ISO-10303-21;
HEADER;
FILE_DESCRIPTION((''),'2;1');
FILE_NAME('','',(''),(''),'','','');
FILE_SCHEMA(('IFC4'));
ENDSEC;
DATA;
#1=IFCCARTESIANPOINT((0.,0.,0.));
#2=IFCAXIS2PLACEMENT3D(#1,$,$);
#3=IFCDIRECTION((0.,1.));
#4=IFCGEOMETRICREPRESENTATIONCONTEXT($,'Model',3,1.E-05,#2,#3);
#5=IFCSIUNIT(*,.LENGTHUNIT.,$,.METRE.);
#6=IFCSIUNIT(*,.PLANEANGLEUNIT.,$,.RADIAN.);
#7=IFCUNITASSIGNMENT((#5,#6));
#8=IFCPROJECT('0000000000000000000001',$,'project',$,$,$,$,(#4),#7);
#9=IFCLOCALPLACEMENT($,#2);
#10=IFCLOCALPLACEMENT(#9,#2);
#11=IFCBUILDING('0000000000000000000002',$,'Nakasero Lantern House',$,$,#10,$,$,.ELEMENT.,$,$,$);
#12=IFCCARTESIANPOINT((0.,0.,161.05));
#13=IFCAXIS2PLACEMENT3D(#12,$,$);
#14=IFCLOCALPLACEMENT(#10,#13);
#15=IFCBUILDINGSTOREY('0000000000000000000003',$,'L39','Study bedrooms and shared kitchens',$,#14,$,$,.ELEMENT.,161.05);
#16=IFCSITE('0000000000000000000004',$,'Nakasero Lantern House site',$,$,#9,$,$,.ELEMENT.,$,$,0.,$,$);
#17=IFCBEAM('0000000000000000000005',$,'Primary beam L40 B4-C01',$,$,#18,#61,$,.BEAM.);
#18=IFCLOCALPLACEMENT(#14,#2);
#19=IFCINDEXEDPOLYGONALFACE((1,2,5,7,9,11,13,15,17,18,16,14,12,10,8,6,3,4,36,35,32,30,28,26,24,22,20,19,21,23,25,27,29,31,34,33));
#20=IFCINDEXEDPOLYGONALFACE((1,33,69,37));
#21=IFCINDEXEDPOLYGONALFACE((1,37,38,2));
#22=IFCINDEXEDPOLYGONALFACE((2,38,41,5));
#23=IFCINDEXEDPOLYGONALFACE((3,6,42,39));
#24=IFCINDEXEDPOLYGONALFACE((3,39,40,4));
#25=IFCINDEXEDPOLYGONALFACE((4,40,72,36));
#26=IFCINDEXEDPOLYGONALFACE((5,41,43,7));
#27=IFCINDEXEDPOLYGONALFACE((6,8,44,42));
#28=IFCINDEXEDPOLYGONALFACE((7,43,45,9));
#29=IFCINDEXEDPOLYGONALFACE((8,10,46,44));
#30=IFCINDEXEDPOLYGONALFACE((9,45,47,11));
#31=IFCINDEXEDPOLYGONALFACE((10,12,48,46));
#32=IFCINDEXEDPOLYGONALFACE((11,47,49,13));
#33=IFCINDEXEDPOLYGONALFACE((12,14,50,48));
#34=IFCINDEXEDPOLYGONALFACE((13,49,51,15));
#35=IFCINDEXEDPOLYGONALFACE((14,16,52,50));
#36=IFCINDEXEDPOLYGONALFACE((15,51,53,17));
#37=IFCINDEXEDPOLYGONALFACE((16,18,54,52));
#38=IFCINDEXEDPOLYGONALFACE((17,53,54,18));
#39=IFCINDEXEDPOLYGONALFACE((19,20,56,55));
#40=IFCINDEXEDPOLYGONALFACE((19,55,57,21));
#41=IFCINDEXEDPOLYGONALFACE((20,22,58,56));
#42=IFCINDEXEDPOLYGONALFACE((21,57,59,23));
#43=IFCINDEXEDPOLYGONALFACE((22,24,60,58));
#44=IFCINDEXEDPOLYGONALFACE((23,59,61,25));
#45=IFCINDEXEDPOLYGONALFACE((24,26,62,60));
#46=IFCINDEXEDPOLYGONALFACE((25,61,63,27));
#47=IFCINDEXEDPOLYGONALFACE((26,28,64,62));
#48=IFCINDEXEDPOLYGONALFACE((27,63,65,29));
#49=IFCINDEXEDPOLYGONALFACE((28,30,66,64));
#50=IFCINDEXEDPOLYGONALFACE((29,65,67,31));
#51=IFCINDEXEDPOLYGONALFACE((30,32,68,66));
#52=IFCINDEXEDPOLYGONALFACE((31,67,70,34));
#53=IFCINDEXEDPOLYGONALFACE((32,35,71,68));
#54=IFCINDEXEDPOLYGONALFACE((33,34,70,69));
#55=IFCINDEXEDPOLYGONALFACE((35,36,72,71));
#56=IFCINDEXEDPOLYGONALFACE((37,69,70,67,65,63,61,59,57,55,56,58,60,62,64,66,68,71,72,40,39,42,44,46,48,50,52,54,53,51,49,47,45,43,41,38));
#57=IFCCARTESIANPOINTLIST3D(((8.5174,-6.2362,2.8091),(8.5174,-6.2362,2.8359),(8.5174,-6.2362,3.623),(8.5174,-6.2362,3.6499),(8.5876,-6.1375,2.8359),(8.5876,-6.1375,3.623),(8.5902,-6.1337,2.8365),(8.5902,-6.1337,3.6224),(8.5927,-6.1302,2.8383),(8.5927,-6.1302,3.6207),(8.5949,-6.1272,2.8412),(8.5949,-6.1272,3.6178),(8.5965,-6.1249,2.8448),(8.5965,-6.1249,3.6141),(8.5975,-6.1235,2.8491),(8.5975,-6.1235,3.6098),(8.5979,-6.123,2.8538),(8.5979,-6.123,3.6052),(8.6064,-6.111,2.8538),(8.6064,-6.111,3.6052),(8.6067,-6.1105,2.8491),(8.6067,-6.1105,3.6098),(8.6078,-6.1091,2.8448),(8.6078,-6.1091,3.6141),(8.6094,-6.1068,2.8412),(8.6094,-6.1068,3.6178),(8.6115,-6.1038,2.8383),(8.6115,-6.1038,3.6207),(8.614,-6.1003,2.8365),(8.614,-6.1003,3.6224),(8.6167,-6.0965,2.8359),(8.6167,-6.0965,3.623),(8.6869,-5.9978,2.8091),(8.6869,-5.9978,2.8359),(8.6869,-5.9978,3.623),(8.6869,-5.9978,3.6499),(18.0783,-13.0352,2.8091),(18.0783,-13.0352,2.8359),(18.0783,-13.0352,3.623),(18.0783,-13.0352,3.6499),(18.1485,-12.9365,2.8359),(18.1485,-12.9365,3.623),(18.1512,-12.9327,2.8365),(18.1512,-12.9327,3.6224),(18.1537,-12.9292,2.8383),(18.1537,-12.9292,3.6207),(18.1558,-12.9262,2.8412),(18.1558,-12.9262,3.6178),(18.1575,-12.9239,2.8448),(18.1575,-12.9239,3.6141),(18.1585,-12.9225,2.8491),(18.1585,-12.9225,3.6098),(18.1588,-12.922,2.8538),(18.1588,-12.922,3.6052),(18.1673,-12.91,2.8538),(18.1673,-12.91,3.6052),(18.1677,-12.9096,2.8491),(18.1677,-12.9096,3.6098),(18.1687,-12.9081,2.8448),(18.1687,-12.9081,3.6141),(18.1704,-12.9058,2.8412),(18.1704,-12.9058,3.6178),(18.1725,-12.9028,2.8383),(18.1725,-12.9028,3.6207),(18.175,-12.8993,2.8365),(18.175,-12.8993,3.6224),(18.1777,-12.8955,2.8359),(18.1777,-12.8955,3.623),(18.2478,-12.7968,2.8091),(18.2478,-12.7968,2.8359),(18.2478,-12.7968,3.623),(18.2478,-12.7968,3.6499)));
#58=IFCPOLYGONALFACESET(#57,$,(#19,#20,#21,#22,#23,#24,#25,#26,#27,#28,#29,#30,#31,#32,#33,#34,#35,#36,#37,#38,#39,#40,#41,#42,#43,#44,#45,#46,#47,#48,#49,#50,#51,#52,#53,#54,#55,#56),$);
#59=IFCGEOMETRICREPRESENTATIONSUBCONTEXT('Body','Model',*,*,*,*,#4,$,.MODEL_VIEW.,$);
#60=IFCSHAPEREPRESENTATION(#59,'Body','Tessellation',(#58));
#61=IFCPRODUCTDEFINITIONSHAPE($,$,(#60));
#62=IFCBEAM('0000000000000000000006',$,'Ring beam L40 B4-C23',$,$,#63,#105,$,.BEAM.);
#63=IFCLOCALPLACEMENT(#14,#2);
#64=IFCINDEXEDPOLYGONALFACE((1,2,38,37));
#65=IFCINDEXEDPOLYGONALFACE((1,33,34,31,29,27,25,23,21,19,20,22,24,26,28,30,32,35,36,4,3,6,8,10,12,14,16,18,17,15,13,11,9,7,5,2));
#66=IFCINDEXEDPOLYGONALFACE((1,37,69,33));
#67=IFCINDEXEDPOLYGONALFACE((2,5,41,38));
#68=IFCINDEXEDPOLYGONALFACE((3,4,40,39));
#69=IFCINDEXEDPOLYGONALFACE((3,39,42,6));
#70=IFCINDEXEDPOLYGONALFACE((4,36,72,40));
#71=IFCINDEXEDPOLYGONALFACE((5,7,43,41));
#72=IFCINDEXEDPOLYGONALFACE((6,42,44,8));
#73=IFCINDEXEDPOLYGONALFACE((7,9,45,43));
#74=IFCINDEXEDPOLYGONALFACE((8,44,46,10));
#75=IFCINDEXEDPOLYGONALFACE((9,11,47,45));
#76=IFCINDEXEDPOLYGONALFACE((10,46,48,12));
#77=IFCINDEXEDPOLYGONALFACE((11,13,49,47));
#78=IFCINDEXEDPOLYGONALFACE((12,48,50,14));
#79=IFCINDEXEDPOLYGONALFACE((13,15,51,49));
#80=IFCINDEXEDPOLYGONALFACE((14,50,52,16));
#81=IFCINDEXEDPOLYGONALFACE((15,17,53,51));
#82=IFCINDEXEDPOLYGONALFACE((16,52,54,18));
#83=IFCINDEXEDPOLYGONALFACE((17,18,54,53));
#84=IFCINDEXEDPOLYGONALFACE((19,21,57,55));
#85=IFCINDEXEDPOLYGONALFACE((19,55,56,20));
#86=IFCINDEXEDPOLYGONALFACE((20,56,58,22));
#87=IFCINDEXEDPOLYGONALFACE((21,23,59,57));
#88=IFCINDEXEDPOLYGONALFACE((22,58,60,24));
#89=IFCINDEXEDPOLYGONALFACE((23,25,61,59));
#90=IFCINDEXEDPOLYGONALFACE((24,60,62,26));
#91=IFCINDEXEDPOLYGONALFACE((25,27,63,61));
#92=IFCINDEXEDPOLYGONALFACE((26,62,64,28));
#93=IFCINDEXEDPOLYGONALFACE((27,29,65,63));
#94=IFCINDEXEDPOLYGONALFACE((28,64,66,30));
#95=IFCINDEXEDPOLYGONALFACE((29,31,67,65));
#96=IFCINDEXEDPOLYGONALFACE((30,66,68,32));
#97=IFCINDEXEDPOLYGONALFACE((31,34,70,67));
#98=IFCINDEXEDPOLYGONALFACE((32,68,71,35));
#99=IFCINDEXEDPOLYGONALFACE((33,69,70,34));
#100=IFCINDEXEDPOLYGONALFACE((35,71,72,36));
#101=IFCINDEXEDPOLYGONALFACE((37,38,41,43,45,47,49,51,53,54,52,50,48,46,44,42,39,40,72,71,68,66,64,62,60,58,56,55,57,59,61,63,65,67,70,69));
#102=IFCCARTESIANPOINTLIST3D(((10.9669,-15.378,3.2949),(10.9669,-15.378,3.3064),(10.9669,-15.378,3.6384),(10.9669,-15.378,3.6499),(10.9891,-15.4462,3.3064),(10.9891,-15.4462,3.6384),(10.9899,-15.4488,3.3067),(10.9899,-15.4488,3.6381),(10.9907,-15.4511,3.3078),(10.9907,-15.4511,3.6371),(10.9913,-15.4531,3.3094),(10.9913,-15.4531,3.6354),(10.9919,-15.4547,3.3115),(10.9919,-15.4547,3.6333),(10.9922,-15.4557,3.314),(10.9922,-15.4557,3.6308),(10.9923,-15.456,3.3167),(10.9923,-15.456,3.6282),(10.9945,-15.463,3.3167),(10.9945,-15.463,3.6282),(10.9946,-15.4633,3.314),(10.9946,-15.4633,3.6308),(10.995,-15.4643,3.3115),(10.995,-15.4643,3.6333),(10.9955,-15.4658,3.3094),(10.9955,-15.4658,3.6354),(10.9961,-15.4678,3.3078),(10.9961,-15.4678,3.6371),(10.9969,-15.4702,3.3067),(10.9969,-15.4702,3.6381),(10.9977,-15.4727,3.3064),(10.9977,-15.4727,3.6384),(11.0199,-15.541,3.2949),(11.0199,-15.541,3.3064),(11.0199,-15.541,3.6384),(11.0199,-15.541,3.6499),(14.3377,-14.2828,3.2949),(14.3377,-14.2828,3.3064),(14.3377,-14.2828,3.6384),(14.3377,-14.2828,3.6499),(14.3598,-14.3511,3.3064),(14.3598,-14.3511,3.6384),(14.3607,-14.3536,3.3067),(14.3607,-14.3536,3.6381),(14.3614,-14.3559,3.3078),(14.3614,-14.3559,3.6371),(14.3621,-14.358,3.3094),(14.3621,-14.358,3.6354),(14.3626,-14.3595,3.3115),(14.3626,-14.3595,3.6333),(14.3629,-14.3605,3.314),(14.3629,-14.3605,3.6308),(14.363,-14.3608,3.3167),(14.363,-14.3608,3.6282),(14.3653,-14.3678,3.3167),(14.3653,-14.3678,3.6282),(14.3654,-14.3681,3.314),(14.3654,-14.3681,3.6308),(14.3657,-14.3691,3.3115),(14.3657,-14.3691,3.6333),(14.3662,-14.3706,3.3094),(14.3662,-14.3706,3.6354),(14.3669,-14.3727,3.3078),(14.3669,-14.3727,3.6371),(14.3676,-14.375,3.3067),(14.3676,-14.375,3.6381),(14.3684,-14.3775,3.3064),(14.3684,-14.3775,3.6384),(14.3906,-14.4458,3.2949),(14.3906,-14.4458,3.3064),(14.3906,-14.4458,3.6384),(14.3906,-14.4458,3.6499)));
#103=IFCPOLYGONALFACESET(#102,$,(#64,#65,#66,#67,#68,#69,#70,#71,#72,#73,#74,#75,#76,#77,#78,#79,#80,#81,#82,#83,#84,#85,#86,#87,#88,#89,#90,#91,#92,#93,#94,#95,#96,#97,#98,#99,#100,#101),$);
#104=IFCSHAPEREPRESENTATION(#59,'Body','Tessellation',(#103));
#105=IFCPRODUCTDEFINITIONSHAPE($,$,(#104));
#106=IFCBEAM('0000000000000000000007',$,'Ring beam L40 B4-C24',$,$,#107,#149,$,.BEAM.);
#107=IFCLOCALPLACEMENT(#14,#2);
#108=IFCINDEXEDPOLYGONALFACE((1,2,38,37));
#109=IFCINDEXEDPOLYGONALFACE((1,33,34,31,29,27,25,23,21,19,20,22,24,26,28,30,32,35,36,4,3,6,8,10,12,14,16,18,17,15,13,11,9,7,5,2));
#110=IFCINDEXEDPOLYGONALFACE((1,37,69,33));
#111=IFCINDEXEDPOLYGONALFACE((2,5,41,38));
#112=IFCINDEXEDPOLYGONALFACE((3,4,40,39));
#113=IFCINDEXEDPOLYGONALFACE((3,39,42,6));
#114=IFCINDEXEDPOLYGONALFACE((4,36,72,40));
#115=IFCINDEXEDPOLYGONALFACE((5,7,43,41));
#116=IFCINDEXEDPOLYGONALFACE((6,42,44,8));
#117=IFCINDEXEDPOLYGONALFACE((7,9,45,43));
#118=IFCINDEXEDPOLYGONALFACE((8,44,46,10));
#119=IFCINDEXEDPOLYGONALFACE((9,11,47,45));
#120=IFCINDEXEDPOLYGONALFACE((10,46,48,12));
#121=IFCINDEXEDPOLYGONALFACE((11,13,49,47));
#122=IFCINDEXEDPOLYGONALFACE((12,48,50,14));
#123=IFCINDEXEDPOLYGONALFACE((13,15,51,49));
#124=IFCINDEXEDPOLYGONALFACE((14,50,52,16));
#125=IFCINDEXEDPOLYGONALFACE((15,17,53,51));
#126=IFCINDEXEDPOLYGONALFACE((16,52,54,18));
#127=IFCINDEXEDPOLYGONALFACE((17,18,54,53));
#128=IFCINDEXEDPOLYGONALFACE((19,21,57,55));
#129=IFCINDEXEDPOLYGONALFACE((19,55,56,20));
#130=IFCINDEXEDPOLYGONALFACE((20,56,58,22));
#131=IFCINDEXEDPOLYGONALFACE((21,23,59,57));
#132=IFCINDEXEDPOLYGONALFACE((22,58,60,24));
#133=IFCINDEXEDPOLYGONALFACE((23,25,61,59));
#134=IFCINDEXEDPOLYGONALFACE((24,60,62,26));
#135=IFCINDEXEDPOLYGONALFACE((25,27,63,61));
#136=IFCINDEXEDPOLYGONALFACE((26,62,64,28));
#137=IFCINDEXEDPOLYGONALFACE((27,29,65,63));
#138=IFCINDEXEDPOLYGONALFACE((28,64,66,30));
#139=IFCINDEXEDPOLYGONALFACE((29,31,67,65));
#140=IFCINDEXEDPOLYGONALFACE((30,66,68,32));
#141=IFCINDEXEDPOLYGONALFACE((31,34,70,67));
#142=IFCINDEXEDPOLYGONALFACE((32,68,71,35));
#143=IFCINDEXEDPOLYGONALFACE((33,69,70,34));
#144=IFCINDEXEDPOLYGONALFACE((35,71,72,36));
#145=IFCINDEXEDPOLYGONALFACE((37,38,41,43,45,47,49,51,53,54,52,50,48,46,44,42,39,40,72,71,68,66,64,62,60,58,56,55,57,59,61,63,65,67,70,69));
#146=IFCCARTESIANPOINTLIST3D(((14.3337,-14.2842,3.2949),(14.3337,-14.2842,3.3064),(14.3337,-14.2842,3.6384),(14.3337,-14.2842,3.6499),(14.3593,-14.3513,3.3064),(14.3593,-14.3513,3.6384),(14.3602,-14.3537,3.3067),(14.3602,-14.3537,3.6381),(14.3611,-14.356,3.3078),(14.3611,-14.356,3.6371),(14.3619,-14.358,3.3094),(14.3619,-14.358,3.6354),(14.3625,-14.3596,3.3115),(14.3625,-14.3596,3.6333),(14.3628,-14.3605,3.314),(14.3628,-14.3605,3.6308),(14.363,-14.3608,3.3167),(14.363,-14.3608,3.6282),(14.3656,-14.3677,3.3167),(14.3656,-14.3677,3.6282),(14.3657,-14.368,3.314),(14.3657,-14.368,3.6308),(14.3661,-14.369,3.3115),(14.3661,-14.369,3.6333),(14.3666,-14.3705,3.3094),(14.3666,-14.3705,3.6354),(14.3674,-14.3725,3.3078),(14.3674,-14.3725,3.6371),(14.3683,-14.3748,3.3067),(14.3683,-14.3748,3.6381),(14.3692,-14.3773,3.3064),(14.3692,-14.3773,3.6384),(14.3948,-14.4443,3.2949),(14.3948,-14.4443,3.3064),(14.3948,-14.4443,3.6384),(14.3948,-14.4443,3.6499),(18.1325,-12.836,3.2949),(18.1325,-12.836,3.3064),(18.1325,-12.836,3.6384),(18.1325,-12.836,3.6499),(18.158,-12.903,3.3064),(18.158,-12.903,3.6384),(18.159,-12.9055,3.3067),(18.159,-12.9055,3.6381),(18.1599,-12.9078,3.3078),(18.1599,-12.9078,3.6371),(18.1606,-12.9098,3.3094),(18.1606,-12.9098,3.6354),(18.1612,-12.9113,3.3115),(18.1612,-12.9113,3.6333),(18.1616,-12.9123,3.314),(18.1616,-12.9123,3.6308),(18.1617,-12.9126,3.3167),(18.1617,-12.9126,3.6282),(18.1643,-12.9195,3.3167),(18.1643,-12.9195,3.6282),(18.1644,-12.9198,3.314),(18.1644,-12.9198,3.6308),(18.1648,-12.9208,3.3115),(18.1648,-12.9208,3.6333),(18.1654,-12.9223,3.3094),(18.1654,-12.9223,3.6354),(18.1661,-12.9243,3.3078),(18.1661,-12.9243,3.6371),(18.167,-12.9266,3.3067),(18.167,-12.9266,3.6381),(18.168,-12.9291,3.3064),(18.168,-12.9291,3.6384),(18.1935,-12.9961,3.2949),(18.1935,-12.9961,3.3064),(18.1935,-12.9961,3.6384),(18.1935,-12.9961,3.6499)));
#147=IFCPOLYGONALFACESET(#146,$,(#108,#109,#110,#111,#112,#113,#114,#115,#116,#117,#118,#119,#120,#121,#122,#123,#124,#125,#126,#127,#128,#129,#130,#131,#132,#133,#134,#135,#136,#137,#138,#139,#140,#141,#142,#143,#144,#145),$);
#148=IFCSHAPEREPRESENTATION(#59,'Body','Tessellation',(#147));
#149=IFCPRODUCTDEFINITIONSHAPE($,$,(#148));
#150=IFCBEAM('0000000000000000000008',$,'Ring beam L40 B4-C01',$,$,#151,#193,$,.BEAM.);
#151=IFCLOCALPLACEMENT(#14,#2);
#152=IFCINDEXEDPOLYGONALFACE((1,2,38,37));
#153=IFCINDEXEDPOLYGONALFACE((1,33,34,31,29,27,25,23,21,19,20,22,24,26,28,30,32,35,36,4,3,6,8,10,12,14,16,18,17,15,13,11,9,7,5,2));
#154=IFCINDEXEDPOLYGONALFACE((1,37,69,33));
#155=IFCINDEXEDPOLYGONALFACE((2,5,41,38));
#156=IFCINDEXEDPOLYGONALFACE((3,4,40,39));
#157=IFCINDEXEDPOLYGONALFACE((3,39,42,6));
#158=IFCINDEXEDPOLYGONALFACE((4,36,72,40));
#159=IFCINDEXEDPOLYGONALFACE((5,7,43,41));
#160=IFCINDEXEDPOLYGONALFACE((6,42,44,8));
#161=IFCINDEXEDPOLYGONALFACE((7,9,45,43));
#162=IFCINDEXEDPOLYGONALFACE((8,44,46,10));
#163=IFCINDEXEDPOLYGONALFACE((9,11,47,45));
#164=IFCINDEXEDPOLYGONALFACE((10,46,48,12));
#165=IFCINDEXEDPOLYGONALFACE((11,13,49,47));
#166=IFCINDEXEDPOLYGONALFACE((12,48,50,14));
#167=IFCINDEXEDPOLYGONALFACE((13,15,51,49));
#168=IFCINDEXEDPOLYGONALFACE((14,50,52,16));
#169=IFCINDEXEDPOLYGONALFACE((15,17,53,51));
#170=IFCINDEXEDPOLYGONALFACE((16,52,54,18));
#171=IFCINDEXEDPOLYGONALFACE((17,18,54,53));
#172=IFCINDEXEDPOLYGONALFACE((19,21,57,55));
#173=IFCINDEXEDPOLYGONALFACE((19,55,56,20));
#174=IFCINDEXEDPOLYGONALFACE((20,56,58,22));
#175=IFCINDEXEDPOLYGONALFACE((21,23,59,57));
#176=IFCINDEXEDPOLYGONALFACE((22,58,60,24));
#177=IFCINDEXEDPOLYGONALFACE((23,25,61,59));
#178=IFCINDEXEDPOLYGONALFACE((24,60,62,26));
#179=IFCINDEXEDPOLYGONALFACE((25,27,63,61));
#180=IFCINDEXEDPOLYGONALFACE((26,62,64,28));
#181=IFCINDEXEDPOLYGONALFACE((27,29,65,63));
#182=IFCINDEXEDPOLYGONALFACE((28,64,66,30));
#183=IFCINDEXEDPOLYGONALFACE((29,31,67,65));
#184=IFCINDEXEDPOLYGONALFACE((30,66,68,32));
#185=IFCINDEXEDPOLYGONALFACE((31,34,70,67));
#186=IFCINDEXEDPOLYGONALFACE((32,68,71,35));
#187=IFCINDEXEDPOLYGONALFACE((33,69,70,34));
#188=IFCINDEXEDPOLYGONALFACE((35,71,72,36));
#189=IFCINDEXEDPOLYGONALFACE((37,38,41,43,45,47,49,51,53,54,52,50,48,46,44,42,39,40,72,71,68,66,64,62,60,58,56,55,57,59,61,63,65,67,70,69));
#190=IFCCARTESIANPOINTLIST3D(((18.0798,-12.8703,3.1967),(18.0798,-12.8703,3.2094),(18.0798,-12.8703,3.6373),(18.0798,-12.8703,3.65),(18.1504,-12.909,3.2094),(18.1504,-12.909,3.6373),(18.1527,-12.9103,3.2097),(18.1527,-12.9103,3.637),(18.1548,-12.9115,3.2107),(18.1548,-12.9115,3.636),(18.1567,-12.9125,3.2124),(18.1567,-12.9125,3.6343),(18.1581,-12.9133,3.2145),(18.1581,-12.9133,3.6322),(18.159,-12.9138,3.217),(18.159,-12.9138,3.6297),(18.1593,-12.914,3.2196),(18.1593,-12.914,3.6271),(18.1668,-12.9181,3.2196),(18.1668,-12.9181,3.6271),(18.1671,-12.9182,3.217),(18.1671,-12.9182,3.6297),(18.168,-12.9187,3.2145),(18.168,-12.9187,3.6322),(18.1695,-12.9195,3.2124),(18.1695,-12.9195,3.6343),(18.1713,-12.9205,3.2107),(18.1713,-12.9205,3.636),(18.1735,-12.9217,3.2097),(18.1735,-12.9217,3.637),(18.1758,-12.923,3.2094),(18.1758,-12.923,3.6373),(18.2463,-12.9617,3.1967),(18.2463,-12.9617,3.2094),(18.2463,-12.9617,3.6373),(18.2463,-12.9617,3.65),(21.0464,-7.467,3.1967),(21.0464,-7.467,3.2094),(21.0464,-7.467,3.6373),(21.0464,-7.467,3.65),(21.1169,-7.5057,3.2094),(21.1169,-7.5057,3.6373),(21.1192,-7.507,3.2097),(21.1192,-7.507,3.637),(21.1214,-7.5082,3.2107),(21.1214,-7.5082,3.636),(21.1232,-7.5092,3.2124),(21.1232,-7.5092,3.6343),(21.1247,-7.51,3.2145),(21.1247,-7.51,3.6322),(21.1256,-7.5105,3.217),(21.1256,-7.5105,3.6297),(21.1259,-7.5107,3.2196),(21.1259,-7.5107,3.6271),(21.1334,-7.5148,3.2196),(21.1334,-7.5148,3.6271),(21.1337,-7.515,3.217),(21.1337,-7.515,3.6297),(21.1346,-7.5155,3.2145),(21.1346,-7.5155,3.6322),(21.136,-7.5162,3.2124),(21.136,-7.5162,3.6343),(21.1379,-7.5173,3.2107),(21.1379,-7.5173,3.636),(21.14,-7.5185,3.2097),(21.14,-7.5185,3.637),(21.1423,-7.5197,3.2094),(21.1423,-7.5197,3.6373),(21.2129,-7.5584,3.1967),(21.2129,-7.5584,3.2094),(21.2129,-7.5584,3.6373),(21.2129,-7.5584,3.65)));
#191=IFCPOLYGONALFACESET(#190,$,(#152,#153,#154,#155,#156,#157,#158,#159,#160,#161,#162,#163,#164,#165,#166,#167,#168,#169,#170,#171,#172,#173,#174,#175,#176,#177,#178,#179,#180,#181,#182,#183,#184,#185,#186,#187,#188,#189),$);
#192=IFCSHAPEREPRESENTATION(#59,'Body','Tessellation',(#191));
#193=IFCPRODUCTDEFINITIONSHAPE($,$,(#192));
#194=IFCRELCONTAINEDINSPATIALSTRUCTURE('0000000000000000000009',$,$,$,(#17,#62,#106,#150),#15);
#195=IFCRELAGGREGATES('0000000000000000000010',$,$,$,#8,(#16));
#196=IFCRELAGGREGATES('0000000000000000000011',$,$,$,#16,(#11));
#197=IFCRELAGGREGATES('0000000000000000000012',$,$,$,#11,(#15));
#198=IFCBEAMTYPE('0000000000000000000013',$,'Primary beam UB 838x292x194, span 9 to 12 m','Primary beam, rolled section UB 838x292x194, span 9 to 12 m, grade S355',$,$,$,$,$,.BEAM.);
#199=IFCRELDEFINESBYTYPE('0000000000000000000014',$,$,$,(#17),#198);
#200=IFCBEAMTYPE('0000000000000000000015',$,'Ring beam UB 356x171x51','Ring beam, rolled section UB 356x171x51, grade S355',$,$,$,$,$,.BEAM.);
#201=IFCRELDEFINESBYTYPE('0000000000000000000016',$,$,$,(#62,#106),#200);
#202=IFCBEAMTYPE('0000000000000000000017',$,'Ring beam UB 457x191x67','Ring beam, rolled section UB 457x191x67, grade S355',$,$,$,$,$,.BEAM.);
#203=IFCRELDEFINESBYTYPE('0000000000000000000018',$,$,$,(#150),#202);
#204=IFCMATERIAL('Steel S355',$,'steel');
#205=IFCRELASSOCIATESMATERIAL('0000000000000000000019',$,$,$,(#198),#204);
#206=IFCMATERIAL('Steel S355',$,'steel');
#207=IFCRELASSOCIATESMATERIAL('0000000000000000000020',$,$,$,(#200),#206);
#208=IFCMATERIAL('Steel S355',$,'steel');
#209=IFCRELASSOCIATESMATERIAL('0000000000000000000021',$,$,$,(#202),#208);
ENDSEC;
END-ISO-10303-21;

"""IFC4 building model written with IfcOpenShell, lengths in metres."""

from ifc_helpers import new_model, si_unit, direction, frame, origin, origin_2d, place, context, subcontext, project, spatial, i_section, extrude, material, material_profile, profile_set, type_object, element, save


model = new_model("IFC4")

# Units and contexts
model_context = context("Model", 3, precision=1e-05, world=origin(), true_north=direction((0.0, 1.0)))
body_context = subcontext(model_context, "Body", "Model", "MODEL_VIEW")
ifc_project = project(units=[si_unit("LENGTHUNIT", "METRE"), si_unit("PLANEANGLEUNIT", "RADIAN")], contexts=[model_context])

# Site, building, storey
site_placement = place(None, origin())
site = spatial("IfcSite", under=ifc_project, at=site_placement, Name="Nakasero Lantern House site", CompositionType="ELEMENT", RefElevation=0.0)
building_placement = place(site_placement, origin())
building = spatial("IfcBuilding", under=site, at=building_placement, Name="Nakasero Lantern House", CompositionType="ELEMENT")
storey_placement = place(building_placement, frame((0.0, 0.0, 161.05)))
storey = spatial("IfcBuildingStorey", under=building, at=storey_placement, Name="L39", Description="Study bedrooms and shared kitchens", CompositionType="ELEMENT", Elevation=161.05)

# Beams
ifc_material_1 = material(Name="Steel S355", Category="steel")
ifc_material_profile_1 = material_profile(ifc_material_1, i_section(OverallWidth=0.2925, OverallDepth=0.8408, WebThickness=0.0146, FlangeThickness=0.0269, FilletRadius=0.0178, at=origin_2d()), Name="UB 838x292x194")
ifc_profile_set_1 = profile_set([ifc_material_profile_1], Name="Steel S355")
beam_type_1 = type_object("IfcBeamType", Name="Primary beam UB 838x292x194, span 9 to 12 m", Description="Primary beam, rolled section UB 838x292x194, span 9 to 12 m, grade S355", PredefinedType="BEAM", material=ifc_profile_set_1)
beam_1_placement = place(storey_placement, frame((18.1631, -12.916, 3.2295), z_axis=(-0.814951, 0.57953, 0.0), x_axis=(-0.57953, -0.814951, 0.0)))
element("IfcBeam", 1, at=beam_1_placement, inside=storey, type_object=beam_type_1, Name="Primary beam L40 B4-C01", PredefinedType="BEAM", context=body_context, shape_type="SweptSolid", body=[
    extrude(i_section(OverallWidth=0.2925, OverallDepth=0.8408, WebThickness=0.0146, FlangeThickness=0.0269, FilletRadius=0.0178, at=origin_2d()), origin(), (0.0, 0.0, 1.0), 11.7319),
])
ifc_material_2 = material(Name="Steel S355", Category="steel")
ifc_material_profile_2 = material_profile(ifc_material_2, i_section(OverallWidth=0.1714, OverallDepth=0.355, WebThickness=0.0073, FlangeThickness=0.0115, FilletRadius=0.0103, at=origin_2d()), Name="UB 356x171x51")
ifc_profile_set_2 = profile_set([ifc_material_profile_2], Name="Steel S355")
beam_type_2 = type_object("IfcBeamType", Name="Ring beam UB 356x171x51", Description="Ring beam, rolled section UB 356x171x51, grade S355", PredefinedType="BEAM", material=ifc_profile_set_2)
beam_2_placement = place(storey_placement, frame((10.9934, -15.4595, 3.4724), z_axis=(0.95106, 0.309007, 0.0), x_axis=(-0.309007, 0.95106, 0.0)))
element("IfcBeam", 2, at=beam_2_placement, inside=storey, type_object=beam_type_2, Name="Ring beam L40 B4-C23", PredefinedType="BEAM", context=body_context, shape_type="SweptSolid", body=[
    extrude(i_section(OverallWidth=0.1714, OverallDepth=0.355, WebThickness=0.0073, FlangeThickness=0.0115, FilletRadius=0.0103, at=origin_2d()), origin(), (0.0, 0.0, 1.0), 3.5442),
])
beam_3_placement = place(storey_placement, frame((14.3643, -14.3643, 3.4724), z_axis=(0.9344, 0.356225, 0.0), x_axis=(-0.356225, 0.9344, 0.0)))
element("IfcBeam", 3, at=beam_3_placement, inside=storey, type_object=beam_type_2, Name="Ring beam L40 B4-C24", PredefinedType="BEAM", context=body_context, shape_type="SweptSolid", body=[
    extrude(i_section(OverallWidth=0.1714, OverallDepth=0.355, WebThickness=0.0073, FlangeThickness=0.0115, FilletRadius=0.0103, at=origin_2d()), origin(), (0.0, 0.0, 1.0), 4.0654),
])
ifc_material_3 = material(Name="Steel S355", Category="steel")
ifc_material_profile_3 = material_profile(ifc_material_3, i_section(OverallWidth=0.1899, OverallDepth=0.4534, WebThickness=0.0085, FlangeThickness=0.0127, FilletRadius=0.0103, at=origin_2d()), Name="UB 457x191x67")
ifc_profile_set_3 = profile_set([ifc_material_profile_3], Name="Steel S355")
beam_type_3 = type_object("IfcBeamType", Name="Ring beam UB 457x191x67", Description="Ring beam, rolled section UB 457x191x67, grade S355", PredefinedType="BEAM", material=ifc_profile_set_3)
beam_4_placement = place(storey_placement, frame((18.1631, -12.916, 3.4233), z_axis=(0.481262, 0.876577, 0.0), x_axis=(-0.876577, 0.481262, 0.0)))
element("IfcBeam", 4, at=beam_4_placement, inside=storey, type_object=beam_type_3, Name="Ring beam L40 B4-C01", PredefinedType="BEAM", context=body_context, shape_type="SweptSolid", body=[
    extrude(i_section(OverallWidth=0.1899, OverallDepth=0.4534, WebThickness=0.0085, FlangeThickness=0.0127, FilletRadius=0.0103, at=origin_2d()), origin(), (0.0, 0.0, 1.0), 6.1641),
])

save(model, "model.ifc")
